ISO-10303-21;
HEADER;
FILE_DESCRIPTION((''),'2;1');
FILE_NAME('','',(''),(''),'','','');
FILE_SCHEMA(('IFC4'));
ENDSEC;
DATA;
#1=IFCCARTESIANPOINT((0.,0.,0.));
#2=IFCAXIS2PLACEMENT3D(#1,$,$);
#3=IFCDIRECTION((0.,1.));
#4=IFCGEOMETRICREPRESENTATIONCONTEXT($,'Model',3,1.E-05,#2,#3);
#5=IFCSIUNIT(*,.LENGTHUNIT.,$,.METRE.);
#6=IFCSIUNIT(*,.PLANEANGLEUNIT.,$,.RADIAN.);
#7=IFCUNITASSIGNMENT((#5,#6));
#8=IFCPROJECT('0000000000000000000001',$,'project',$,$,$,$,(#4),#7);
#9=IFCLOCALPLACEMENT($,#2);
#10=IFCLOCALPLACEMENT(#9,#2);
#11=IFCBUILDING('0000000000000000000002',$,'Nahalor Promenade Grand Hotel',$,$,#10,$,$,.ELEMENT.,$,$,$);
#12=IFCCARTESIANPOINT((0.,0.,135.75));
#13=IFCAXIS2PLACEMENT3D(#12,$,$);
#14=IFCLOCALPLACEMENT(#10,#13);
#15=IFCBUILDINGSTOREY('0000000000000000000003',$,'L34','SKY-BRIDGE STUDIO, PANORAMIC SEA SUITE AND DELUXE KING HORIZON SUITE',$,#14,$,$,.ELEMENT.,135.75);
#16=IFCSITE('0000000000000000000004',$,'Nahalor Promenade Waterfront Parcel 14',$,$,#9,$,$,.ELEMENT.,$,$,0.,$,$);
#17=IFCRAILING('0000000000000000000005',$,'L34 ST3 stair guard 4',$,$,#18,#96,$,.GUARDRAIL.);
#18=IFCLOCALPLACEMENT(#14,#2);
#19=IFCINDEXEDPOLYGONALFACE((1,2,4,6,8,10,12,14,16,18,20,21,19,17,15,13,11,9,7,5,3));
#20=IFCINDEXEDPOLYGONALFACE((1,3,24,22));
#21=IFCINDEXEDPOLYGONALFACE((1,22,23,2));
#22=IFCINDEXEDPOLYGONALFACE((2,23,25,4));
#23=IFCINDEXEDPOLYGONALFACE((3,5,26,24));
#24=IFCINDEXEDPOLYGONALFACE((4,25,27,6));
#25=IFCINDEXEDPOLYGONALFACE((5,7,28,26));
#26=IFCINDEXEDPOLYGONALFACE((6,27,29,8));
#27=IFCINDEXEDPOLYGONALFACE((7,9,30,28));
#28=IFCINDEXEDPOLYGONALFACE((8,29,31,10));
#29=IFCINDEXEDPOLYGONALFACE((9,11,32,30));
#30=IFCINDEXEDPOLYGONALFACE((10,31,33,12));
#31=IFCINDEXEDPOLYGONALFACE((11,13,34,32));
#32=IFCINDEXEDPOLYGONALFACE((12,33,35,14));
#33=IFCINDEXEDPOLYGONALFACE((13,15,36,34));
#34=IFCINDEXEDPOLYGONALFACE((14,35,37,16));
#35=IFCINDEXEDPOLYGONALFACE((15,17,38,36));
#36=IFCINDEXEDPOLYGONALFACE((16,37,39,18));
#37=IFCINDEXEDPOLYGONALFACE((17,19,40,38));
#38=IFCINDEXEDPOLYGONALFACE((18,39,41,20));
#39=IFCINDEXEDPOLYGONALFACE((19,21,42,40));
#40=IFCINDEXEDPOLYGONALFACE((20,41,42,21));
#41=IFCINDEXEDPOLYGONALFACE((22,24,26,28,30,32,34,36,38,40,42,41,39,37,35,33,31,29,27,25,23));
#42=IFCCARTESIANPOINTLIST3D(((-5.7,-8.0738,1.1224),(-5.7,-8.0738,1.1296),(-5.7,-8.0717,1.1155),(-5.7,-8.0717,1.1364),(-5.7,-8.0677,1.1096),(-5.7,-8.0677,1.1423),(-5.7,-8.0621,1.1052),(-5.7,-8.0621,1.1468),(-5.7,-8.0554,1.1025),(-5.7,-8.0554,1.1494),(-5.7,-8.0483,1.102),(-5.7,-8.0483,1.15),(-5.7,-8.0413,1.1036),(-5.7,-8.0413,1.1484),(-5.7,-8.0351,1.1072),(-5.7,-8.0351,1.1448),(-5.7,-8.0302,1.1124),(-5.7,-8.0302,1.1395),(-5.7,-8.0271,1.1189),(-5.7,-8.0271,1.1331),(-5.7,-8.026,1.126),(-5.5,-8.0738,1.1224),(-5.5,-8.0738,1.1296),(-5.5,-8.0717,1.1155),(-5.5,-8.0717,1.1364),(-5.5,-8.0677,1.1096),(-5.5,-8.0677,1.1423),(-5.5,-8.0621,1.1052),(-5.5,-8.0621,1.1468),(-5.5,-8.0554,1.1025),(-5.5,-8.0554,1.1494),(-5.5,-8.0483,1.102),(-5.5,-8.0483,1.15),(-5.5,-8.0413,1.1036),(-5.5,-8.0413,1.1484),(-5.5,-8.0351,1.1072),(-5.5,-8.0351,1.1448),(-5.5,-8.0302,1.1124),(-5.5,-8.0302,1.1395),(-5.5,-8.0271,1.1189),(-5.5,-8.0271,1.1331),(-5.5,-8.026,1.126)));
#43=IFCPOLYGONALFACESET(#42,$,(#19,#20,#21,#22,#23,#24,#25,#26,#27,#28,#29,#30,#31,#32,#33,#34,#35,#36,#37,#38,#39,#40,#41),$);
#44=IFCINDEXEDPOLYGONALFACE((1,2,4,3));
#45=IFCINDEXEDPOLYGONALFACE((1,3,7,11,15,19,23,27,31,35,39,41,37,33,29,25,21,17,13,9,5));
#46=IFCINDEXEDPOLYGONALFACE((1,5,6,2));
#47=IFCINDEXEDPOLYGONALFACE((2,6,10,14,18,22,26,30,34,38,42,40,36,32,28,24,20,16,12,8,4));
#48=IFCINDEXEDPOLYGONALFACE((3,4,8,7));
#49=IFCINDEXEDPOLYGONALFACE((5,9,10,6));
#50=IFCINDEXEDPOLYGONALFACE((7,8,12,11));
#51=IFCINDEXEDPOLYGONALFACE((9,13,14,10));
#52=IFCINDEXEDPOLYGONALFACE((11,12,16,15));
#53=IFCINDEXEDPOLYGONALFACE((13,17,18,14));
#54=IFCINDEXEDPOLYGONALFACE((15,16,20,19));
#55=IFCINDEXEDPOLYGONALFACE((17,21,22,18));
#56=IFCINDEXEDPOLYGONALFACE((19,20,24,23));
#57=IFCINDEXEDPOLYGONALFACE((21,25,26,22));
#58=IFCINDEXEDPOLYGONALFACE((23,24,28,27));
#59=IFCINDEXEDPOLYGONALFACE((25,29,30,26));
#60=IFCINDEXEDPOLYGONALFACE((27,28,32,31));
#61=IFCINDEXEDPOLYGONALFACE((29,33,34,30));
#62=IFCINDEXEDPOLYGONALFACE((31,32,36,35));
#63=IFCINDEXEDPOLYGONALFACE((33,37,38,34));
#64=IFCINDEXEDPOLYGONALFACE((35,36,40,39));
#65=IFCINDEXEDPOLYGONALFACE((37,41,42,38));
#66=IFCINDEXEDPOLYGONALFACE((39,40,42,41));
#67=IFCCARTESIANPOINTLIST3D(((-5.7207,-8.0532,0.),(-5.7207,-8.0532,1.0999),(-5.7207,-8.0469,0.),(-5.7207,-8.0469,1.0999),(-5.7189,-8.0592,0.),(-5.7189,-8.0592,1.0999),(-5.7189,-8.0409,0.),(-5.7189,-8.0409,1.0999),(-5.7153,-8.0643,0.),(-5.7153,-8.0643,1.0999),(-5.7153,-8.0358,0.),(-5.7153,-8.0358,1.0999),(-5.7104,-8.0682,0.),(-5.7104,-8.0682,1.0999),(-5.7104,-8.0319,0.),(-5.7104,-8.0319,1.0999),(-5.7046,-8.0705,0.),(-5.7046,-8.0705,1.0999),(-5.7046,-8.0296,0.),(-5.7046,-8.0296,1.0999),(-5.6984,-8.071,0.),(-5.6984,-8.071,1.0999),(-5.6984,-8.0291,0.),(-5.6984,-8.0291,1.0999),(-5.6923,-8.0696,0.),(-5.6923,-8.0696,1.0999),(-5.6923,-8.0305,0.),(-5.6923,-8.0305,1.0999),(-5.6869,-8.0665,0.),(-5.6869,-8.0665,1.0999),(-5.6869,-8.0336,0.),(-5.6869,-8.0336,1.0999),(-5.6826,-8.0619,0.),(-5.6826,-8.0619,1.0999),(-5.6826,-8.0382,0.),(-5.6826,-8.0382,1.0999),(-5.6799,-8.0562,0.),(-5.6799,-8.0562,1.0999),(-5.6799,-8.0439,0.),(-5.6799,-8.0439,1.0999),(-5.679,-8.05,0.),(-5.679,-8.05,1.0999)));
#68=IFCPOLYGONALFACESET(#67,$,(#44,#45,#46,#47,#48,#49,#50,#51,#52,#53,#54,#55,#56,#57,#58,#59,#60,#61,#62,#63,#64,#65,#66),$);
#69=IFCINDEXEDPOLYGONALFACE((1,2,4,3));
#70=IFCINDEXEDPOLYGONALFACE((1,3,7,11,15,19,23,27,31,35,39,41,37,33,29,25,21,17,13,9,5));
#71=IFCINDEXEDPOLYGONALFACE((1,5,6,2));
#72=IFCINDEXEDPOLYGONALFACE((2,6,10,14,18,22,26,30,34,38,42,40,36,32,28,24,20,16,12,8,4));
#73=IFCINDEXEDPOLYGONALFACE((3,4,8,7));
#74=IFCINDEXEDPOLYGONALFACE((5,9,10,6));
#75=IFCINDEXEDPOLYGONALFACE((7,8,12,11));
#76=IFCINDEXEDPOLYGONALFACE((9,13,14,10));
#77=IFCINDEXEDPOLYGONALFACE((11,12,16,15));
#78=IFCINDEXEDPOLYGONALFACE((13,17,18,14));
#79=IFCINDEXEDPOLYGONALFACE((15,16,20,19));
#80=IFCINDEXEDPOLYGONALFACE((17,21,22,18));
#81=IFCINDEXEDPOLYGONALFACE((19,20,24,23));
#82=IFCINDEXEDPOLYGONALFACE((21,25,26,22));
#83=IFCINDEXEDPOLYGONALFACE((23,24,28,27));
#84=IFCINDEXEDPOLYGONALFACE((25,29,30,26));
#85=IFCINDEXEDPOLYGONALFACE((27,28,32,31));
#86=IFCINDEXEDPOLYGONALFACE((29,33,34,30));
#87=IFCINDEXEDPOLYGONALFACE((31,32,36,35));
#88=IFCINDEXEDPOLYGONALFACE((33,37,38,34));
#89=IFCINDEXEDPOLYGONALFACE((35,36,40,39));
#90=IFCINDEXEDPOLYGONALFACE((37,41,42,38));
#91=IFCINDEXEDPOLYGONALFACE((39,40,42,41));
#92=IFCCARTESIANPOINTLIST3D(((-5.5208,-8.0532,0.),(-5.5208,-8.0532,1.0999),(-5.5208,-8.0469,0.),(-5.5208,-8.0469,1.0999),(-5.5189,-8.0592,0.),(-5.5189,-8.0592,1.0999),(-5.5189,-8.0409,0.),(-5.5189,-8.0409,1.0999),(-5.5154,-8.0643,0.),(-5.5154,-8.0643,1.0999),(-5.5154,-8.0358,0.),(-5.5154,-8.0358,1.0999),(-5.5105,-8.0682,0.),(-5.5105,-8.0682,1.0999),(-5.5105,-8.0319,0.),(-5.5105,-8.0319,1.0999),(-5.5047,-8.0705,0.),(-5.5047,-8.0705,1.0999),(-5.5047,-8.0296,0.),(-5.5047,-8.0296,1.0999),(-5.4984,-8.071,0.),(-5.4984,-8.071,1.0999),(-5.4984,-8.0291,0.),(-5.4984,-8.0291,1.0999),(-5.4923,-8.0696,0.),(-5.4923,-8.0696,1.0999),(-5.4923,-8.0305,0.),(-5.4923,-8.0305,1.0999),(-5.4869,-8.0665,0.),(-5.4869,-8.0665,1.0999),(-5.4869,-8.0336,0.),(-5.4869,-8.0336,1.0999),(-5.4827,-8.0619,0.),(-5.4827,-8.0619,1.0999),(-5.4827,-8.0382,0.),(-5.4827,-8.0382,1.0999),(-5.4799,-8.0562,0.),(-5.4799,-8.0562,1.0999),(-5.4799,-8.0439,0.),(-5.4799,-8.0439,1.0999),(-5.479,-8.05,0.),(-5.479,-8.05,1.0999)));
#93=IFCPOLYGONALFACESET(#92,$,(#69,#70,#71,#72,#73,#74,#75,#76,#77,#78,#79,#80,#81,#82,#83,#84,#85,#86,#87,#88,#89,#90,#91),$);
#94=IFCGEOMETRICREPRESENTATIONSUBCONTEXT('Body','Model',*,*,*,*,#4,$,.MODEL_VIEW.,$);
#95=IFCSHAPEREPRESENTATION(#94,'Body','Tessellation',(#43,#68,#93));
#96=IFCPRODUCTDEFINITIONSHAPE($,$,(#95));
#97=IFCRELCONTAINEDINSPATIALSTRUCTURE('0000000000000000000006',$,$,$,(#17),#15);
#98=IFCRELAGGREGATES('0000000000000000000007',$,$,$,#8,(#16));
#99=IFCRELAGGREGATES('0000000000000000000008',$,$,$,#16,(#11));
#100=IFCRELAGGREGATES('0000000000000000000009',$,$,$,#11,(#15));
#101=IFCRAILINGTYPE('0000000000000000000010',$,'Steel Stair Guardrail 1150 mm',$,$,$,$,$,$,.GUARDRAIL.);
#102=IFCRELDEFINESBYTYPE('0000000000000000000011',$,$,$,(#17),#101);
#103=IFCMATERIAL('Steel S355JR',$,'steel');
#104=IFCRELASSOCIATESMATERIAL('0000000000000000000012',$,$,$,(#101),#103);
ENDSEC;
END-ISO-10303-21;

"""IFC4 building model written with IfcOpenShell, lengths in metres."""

from ifc_helpers import new_model, si_unit, direction, frame, origin, origin_2d, place, context, subcontext, project, spatial, circle, extrude, material, type_object, element, save


model = new_model("IFC4")

# Units and contexts
model_context = context("Model", 3, precision=1e-05, world=origin(), true_north=direction((0.0, 1.0)))
body_context = subcontext(model_context, "Body", "Model", "MODEL_VIEW")
ifc_project = project(units=[si_unit("LENGTHUNIT", "METRE"), si_unit("PLANEANGLEUNIT", "RADIAN")], contexts=[model_context])

# Site, building, storey
site_placement = place(None, origin())
site = spatial("IfcSite", under=ifc_project, at=site_placement, Name="Nahalor Promenade Waterfront Parcel 14", CompositionType="ELEMENT", RefElevation=0.0)
building_placement = place(site_placement, origin())
building = spatial("IfcBuilding", under=site, at=building_placement, Name="Nahalor Promenade Grand Hotel", CompositionType="ELEMENT")
storey_placement = place(building_placement, frame((0.0, 0.0, 135.75)))
storey = spatial("IfcBuildingStorey", under=building, at=storey_placement, Name="L34", Description="SKY-BRIDGE STUDIO, PANORAMIC SEA SUITE AND DELUXE KING HORIZON SUITE", CompositionType="ELEMENT", Elevation=135.75)

# Shared definitions
ifc_material_1 = material(Name="Steel S355JR", Category="steel")

# Railing
railing_type_1 = type_object("IfcRailingType", Name="Steel Stair Guardrail 1150 mm", PredefinedType="GUARDRAIL", material=ifc_material_1)
railing_1_placement = place(storey_placement, frame((-5.7, -8.05, 0.0)))
element("IfcRailing", 1, at=railing_1_placement, inside=storey, type_object=railing_type_1, Name="L34 ST3 stair guard 4", PredefinedType="GUARDRAIL", context=body_context, shape_type="SweptSolid", body=[
    extrude(circle(Radius=0.024, at=origin_2d()), frame((0.0, 0.0, 1.126), z_axis=(1.0, 0.0, 0.0), x_axis=(0.0, 1.0, 0.0)), (0.0, 0.0, 1.0), 0.2),
    extrude(circle(Radius=0.021, at=origin_2d()), origin(), (0.0, 0.0, 1.0), 1.0999),
    extrude(circle(Radius=0.021, at=origin_2d()), frame((0.2, 0.0, 0.0)), (0.0, 0.0, 1.0), 1.0999),
])

save(model, "model.ifc")
